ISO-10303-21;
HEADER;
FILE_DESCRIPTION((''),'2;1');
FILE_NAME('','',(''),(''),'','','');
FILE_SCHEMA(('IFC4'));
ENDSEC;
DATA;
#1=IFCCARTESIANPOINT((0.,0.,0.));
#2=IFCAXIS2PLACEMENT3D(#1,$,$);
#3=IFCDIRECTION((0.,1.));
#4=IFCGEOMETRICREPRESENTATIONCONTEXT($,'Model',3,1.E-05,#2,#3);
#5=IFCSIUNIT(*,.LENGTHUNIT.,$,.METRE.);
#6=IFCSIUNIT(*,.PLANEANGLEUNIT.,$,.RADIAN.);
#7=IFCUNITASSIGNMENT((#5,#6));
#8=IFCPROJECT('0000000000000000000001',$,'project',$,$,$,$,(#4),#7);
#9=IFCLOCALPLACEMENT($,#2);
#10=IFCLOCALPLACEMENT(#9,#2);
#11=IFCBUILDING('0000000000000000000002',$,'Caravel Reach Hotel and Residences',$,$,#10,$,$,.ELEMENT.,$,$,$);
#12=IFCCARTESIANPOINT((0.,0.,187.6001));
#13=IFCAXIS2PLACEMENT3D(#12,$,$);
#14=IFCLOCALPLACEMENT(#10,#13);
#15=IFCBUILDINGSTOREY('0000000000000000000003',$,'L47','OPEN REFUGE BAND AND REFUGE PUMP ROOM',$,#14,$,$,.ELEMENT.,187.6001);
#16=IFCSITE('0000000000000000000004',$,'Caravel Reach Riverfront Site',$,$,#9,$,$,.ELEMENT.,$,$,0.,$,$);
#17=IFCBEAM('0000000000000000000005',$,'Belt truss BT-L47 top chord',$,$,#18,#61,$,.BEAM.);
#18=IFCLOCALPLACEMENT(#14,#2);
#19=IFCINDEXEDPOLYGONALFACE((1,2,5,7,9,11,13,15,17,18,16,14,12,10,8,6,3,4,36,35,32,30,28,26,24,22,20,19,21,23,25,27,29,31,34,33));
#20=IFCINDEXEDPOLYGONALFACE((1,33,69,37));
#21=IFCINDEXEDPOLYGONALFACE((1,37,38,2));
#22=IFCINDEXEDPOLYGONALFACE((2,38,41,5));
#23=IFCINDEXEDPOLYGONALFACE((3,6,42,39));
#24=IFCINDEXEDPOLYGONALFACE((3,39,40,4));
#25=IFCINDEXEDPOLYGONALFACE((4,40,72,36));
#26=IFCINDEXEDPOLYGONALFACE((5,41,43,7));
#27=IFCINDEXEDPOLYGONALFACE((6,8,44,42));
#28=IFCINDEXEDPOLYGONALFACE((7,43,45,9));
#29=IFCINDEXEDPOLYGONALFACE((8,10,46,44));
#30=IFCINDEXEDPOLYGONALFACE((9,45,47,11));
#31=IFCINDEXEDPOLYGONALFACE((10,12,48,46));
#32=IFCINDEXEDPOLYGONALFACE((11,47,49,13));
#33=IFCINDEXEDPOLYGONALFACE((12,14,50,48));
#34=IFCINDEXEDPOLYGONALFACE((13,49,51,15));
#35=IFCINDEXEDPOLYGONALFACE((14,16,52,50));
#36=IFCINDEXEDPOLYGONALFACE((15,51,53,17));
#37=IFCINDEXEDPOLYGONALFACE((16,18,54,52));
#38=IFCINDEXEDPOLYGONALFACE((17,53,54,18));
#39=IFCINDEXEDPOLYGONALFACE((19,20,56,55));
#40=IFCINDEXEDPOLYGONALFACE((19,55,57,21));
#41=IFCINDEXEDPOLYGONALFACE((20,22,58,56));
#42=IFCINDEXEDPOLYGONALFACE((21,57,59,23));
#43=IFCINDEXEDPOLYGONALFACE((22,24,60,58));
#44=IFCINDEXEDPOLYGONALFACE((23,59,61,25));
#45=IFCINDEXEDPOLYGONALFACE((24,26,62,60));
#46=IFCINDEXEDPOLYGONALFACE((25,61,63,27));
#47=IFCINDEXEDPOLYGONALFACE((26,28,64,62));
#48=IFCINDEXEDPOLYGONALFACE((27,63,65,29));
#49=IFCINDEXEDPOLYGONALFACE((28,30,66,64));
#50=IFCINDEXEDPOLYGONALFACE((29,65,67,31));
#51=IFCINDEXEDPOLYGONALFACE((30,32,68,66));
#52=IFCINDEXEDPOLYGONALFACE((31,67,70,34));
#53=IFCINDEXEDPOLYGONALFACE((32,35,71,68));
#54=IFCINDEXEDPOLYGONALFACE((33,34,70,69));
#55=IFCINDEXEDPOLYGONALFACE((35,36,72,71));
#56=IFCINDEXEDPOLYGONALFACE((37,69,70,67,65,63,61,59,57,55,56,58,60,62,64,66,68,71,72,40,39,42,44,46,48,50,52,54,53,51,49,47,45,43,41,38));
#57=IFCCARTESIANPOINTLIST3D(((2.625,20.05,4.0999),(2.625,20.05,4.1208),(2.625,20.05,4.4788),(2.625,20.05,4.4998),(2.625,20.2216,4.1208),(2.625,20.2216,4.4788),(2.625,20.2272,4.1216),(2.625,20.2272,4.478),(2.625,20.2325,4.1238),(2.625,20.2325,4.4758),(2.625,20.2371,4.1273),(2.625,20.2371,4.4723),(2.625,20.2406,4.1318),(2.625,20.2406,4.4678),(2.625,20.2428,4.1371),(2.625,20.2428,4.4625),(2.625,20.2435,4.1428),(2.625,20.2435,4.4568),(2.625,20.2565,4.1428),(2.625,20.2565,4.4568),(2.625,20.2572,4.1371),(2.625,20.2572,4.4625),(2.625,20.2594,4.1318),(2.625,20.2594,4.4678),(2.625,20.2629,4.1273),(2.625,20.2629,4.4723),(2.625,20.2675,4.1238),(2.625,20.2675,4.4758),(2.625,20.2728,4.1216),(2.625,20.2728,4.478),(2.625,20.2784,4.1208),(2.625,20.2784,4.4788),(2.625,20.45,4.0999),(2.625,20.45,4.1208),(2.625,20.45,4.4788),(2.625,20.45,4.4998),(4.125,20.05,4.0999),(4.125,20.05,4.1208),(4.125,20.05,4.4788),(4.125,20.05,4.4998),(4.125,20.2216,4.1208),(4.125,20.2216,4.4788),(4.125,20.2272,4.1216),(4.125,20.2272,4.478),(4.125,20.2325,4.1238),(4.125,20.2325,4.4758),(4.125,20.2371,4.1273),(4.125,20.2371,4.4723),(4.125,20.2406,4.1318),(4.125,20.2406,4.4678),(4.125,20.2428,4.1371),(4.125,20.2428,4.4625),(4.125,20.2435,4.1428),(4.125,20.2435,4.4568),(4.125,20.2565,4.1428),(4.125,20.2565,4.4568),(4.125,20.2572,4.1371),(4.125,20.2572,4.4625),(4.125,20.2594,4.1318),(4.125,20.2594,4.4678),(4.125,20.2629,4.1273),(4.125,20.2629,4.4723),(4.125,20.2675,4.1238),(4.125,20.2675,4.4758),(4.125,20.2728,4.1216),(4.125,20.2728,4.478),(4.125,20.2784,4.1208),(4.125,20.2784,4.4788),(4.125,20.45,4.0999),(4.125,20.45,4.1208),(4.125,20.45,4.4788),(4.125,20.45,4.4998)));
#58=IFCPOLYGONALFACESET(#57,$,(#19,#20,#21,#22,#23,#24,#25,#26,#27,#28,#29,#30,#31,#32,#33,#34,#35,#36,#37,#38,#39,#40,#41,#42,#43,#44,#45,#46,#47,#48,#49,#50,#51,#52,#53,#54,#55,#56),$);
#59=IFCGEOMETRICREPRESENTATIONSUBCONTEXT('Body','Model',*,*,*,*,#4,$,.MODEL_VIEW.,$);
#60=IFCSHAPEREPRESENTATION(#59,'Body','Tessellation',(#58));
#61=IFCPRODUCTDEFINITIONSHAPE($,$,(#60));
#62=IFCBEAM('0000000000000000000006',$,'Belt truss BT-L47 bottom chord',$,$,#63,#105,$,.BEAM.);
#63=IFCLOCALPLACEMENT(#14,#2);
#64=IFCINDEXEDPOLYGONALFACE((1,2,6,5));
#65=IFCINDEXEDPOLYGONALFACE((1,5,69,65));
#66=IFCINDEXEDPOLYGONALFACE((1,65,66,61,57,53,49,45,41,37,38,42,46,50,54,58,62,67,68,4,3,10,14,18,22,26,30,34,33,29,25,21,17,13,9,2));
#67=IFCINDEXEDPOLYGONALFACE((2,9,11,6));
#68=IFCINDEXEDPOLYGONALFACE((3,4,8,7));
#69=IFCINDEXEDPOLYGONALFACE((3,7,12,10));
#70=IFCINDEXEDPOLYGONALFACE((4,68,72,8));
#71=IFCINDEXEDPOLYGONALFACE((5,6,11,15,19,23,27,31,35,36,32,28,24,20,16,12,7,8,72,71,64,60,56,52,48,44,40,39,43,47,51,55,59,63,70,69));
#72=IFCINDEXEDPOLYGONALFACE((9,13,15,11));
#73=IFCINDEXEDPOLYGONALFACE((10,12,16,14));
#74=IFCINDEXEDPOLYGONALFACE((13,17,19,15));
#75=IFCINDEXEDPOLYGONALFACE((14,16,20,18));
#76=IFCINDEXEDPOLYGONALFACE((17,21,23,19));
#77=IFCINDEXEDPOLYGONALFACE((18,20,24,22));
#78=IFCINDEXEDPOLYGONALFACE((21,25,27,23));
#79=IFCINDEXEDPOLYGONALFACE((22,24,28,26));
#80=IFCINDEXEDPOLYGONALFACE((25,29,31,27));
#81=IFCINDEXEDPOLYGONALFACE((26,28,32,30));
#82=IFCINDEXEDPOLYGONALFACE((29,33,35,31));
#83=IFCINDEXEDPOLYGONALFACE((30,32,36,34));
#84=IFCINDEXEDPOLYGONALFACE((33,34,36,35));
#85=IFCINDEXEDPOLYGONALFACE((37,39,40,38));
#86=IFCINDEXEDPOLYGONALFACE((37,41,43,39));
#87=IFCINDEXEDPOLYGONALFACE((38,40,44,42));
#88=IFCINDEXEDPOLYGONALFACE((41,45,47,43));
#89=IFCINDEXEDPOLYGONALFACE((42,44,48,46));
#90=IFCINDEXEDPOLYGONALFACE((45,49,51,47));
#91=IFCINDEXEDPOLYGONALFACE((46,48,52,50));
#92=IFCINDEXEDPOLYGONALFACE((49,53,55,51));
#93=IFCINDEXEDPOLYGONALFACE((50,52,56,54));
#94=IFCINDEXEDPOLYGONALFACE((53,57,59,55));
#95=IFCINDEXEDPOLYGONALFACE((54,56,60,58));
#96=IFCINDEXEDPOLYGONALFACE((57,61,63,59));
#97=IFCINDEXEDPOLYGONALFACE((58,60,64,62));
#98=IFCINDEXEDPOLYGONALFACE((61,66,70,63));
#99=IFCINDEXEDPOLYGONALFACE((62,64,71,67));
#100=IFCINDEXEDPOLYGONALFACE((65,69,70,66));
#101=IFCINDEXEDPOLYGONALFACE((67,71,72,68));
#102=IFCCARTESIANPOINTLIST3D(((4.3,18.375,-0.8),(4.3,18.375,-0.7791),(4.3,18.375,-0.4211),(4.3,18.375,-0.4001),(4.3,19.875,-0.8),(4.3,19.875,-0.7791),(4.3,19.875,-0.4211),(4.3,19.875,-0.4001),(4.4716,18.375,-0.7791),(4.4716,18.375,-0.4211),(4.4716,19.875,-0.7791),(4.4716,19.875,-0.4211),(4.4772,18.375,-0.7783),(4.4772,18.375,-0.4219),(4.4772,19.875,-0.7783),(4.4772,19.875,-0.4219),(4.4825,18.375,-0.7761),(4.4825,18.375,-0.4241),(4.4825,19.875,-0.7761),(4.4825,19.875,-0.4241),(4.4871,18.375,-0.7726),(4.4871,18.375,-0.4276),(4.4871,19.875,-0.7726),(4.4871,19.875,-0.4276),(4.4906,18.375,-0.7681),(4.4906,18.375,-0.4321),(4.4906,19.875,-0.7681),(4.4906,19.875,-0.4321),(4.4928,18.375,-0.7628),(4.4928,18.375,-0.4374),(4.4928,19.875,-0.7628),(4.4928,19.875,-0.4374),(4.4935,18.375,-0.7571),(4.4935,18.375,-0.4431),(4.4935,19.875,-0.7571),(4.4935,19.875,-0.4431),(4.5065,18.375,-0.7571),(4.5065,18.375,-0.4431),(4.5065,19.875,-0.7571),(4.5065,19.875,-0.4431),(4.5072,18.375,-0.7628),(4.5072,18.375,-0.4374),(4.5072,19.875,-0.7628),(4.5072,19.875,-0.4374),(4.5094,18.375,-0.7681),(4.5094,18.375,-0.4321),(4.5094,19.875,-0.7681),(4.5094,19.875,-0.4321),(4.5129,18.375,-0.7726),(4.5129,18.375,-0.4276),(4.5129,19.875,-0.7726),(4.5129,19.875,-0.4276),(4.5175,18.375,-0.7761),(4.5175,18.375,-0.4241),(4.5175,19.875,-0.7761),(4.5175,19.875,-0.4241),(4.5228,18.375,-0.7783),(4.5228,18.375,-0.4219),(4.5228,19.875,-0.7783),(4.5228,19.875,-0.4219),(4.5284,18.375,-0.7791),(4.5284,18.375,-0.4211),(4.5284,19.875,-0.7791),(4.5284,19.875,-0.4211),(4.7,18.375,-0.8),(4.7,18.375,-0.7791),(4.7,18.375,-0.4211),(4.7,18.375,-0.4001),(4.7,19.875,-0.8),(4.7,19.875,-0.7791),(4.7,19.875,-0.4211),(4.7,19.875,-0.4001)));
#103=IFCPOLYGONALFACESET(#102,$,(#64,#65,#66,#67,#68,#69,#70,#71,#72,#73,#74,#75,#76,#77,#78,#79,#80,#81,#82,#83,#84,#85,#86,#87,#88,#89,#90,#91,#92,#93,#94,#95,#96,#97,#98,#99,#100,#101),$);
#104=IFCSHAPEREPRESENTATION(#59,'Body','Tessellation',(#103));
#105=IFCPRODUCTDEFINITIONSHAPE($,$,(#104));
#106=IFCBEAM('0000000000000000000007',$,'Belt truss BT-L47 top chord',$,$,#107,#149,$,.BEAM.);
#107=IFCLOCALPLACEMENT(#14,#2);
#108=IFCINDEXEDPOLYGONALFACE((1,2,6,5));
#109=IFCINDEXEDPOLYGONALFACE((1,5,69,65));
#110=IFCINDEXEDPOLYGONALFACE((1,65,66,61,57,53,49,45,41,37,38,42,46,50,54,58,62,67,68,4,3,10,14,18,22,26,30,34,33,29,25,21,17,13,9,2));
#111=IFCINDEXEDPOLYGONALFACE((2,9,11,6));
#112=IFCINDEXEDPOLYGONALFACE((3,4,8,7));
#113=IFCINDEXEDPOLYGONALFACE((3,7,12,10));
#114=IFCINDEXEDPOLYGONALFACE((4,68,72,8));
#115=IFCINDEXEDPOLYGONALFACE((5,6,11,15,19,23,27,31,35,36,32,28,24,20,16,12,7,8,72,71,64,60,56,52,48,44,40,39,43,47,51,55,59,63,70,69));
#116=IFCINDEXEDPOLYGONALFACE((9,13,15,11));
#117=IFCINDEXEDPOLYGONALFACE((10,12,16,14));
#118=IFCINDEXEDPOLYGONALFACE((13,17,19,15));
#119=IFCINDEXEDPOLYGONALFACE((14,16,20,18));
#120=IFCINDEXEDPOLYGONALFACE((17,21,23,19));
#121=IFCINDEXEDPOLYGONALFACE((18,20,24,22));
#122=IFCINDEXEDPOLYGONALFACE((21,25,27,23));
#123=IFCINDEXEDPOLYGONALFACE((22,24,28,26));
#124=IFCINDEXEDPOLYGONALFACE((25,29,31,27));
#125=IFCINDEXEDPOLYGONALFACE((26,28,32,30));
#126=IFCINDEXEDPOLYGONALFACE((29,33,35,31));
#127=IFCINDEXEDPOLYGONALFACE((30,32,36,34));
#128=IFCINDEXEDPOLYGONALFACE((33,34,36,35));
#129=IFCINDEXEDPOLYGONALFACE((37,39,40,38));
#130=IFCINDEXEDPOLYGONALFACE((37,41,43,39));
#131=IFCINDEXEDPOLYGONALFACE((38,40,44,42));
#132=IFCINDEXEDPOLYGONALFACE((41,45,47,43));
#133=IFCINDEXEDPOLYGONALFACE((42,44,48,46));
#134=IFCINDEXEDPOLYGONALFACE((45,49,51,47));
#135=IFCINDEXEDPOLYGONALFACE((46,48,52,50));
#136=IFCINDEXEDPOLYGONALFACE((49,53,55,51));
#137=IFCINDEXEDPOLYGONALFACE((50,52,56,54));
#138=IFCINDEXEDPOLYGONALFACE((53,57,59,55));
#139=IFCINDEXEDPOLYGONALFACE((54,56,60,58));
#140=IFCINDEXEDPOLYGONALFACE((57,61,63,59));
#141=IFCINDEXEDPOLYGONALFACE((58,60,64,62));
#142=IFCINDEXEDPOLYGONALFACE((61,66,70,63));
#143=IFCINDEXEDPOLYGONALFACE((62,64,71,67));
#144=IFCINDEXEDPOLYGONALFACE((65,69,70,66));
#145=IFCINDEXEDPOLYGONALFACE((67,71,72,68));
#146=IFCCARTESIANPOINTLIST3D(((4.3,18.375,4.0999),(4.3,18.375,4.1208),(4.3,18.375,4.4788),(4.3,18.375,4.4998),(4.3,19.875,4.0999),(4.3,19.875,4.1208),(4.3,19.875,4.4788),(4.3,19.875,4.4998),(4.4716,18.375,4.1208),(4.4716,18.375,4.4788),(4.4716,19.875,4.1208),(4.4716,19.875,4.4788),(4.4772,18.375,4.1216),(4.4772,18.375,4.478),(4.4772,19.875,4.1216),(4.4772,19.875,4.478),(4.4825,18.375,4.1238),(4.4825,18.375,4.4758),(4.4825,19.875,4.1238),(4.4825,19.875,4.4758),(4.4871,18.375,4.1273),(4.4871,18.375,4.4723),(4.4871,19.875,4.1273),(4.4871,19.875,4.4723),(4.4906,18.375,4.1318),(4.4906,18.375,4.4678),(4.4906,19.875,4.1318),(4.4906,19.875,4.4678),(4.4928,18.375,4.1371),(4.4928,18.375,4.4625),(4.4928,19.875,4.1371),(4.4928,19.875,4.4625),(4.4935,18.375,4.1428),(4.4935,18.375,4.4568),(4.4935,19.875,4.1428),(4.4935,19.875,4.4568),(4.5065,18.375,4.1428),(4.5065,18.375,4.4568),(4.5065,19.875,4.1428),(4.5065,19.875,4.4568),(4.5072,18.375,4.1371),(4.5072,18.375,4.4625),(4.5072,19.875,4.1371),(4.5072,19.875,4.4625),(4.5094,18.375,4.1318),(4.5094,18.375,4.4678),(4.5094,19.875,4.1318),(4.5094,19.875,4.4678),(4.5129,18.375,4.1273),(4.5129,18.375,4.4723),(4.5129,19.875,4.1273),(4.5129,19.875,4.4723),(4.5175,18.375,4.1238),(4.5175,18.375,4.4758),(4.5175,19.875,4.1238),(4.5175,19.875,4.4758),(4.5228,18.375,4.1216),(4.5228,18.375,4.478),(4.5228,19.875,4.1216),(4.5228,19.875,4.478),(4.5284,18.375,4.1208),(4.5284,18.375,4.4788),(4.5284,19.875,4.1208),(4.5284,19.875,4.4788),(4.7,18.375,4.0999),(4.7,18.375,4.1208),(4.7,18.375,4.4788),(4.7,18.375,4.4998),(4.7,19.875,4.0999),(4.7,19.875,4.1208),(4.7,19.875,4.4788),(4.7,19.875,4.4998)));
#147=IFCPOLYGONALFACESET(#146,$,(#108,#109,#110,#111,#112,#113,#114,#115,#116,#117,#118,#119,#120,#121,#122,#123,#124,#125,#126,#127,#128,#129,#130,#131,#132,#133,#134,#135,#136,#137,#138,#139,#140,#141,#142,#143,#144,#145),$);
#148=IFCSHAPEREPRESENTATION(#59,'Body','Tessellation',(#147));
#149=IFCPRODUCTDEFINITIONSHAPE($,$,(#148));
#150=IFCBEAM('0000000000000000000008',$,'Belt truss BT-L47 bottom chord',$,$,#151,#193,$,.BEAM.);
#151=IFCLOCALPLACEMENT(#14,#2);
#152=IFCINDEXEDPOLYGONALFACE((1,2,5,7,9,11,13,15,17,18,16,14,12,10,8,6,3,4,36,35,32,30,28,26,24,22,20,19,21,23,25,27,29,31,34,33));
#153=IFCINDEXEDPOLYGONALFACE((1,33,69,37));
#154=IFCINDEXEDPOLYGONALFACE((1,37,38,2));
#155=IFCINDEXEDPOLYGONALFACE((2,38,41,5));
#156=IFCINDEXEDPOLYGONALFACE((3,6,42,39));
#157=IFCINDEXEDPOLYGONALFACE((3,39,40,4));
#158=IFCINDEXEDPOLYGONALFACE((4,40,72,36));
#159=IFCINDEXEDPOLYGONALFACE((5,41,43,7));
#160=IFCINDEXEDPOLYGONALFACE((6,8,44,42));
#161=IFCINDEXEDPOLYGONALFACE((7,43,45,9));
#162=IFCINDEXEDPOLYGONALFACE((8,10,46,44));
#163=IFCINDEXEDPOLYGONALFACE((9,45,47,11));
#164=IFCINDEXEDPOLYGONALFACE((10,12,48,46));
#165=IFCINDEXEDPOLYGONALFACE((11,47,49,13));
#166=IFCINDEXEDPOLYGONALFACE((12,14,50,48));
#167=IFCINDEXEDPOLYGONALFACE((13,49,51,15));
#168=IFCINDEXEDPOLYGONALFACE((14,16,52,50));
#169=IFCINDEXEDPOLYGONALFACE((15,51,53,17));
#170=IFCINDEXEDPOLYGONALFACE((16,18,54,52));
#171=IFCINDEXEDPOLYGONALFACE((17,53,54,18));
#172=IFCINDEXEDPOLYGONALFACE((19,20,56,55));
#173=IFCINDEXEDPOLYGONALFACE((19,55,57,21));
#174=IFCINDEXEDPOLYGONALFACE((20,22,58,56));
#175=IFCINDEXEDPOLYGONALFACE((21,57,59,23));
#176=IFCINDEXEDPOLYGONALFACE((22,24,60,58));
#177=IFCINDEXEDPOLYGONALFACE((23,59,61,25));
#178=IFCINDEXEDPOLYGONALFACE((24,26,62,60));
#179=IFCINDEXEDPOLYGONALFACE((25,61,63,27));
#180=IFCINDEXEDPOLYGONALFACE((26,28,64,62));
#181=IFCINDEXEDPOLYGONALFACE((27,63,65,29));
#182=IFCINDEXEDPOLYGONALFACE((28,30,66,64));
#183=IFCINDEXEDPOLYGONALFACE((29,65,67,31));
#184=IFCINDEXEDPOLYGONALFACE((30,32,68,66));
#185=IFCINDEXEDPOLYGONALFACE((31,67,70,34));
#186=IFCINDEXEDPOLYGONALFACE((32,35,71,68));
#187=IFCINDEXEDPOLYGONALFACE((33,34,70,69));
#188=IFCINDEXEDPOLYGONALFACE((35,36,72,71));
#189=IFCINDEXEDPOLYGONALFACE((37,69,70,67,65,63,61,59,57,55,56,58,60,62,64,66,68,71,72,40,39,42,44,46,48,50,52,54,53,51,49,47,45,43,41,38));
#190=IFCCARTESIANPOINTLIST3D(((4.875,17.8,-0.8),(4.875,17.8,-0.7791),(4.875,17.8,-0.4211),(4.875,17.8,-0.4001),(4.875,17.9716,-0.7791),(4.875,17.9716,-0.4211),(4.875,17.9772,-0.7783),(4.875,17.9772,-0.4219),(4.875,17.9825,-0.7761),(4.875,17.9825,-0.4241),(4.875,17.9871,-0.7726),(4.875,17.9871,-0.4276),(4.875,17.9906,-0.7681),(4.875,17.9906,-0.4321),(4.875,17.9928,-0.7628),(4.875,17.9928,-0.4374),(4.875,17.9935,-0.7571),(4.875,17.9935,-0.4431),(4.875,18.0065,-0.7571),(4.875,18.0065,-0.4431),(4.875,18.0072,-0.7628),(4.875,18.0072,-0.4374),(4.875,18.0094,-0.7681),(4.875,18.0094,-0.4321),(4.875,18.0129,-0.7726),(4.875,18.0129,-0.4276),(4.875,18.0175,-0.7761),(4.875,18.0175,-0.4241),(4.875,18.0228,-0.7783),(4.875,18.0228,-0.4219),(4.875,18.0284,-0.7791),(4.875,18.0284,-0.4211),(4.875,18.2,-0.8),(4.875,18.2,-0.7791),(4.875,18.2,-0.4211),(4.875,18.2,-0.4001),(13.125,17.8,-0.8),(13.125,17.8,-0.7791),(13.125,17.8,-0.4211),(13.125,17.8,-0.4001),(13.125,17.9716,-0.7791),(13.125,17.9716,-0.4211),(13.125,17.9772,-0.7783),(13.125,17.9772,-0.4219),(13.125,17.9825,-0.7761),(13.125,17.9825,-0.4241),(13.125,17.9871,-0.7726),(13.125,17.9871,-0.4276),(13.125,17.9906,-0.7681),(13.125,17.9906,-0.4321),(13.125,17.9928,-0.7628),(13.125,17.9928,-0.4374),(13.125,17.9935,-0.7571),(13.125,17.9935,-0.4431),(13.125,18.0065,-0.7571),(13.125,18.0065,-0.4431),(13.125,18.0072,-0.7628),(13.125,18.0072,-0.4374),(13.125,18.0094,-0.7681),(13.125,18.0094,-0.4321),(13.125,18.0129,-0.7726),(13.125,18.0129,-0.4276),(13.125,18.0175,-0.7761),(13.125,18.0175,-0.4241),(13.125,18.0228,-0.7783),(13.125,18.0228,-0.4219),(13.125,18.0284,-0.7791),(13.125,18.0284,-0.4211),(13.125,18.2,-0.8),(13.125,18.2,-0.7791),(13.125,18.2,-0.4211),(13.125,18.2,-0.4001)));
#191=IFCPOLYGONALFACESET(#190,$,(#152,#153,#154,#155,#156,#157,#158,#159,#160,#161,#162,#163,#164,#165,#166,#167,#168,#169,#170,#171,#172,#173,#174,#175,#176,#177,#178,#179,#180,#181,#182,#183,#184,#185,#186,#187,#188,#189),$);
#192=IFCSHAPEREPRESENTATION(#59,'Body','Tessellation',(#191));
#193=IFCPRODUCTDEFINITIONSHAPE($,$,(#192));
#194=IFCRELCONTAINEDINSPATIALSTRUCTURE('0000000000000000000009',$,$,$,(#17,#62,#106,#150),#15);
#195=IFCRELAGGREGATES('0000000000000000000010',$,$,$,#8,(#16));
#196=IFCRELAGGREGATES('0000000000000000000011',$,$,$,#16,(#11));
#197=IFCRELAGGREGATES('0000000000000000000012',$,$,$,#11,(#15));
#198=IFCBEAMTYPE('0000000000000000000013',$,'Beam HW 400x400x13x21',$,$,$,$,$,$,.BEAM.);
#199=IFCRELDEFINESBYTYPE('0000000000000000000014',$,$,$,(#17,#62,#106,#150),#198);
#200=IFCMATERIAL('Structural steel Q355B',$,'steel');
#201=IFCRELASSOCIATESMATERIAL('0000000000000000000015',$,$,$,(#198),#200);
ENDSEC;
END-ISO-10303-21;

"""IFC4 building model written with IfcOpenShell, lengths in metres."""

from ifc_helpers import new_model, si_unit, direction, frame, origin, origin_2d, place, context, subcontext, project, spatial, i_section, extrude, material, material_profile, profile_set, type_object, element, save


model = new_model("IFC4")

# Units and contexts
model_context = context("Model", 3, precision=1e-05, world=origin(), true_north=direction((0.0, 1.0)))
body_context = subcontext(model_context, "Body", "Model", "MODEL_VIEW")
ifc_project = project(units=[si_unit("LENGTHUNIT", "METRE"), si_unit("PLANEANGLEUNIT", "RADIAN")], contexts=[model_context])

# Site, building, storey
site_placement = place(None, origin())
site = spatial("IfcSite", under=ifc_project, at=site_placement, Name="Caravel Reach Riverfront Site", CompositionType="ELEMENT", RefElevation=0.0)
building_placement = place(site_placement, origin())
building = spatial("IfcBuilding", under=site, at=building_placement, Name="Caravel Reach Hotel and Residences", CompositionType="ELEMENT")
storey_placement = place(building_placement, frame((0.0, 0.0, 187.6001)))
storey = spatial("IfcBuildingStorey", under=building, at=storey_placement, Name="L47", Description="OPEN REFUGE BAND AND REFUGE PUMP ROOM", CompositionType="ELEMENT", Elevation=187.6001)

# Beams
ifc_material_1 = material(Name="Structural steel Q355B", Category="steel")
ifc_material_profile_1 = material_profile(ifc_material_1, i_section(OverallWidth=0.3999, OverallDepth=0.3999, WebThickness=0.0129, FlangeThickness=0.021, FilletRadius=0.022, at=origin_2d()), Name="HW 400x400x13x21")
ifc_profile_set_1 = profile_set([ifc_material_profile_1], Name="Structural steel Q355B")
beam_type_1 = type_object("IfcBeamType", Name="Beam HW 400x400x13x21", PredefinedType="BEAM", material=ifc_profile_set_1)
for number, where, z_axis, x_axis, name in (
    (1, (2.625, 20.25, 4.2998), (1.0, 0.0, 0.0), (0.0, 1.0, 0.0), "Belt truss BT-L47 top chord"),
    (2, (4.5, 19.875, -0.6001), (0.0, -1.0, 0.0), (1.0, 0.0, 0.0), "Belt truss BT-L47 bottom chord"),
    (3, (4.5, 19.875, 4.2998), (0.0, -1.0, 0.0), (1.0, 0.0, 0.0), "Belt truss BT-L47 top chord"),
):
    element("IfcBeam", number, at=place(storey_placement, frame(where, z_axis=z_axis, x_axis=x_axis)), inside=storey, type_object=beam_type_1, Name=name, PredefinedType="BEAM", context=body_context, shape_type="SweptSolid", body=[
        extrude(i_section(OverallWidth=0.3999, OverallDepth=0.3999, WebThickness=0.0129, FlangeThickness=0.021, FilletRadius=0.022, at=origin_2d()), origin(), (0.0, 0.0, 1.0), 1.5),
    ])
for number, where, z_axis, x_axis, name in (
    (4, (4.875, 18.0, -0.6001), (1.0, 0.0, 0.0), (0.0, 1.0, 0.0), "Belt truss BT-L47 bottom chord"),
):
    element("IfcBeam", number, at=place(storey_placement, frame(where, z_axis=z_axis, x_axis=x_axis)), inside=storey, type_object=beam_type_1, Name=name, PredefinedType="BEAM", context=body_context, shape_type="SweptSolid", body=[
        extrude(i_section(OverallWidth=0.3999, OverallDepth=0.3999, WebThickness=0.0129, FlangeThickness=0.021, FilletRadius=0.022, at=origin_2d()), origin(), (0.0, 0.0, 1.0), 8.25),
    ])

save(model, "model.ifc")
